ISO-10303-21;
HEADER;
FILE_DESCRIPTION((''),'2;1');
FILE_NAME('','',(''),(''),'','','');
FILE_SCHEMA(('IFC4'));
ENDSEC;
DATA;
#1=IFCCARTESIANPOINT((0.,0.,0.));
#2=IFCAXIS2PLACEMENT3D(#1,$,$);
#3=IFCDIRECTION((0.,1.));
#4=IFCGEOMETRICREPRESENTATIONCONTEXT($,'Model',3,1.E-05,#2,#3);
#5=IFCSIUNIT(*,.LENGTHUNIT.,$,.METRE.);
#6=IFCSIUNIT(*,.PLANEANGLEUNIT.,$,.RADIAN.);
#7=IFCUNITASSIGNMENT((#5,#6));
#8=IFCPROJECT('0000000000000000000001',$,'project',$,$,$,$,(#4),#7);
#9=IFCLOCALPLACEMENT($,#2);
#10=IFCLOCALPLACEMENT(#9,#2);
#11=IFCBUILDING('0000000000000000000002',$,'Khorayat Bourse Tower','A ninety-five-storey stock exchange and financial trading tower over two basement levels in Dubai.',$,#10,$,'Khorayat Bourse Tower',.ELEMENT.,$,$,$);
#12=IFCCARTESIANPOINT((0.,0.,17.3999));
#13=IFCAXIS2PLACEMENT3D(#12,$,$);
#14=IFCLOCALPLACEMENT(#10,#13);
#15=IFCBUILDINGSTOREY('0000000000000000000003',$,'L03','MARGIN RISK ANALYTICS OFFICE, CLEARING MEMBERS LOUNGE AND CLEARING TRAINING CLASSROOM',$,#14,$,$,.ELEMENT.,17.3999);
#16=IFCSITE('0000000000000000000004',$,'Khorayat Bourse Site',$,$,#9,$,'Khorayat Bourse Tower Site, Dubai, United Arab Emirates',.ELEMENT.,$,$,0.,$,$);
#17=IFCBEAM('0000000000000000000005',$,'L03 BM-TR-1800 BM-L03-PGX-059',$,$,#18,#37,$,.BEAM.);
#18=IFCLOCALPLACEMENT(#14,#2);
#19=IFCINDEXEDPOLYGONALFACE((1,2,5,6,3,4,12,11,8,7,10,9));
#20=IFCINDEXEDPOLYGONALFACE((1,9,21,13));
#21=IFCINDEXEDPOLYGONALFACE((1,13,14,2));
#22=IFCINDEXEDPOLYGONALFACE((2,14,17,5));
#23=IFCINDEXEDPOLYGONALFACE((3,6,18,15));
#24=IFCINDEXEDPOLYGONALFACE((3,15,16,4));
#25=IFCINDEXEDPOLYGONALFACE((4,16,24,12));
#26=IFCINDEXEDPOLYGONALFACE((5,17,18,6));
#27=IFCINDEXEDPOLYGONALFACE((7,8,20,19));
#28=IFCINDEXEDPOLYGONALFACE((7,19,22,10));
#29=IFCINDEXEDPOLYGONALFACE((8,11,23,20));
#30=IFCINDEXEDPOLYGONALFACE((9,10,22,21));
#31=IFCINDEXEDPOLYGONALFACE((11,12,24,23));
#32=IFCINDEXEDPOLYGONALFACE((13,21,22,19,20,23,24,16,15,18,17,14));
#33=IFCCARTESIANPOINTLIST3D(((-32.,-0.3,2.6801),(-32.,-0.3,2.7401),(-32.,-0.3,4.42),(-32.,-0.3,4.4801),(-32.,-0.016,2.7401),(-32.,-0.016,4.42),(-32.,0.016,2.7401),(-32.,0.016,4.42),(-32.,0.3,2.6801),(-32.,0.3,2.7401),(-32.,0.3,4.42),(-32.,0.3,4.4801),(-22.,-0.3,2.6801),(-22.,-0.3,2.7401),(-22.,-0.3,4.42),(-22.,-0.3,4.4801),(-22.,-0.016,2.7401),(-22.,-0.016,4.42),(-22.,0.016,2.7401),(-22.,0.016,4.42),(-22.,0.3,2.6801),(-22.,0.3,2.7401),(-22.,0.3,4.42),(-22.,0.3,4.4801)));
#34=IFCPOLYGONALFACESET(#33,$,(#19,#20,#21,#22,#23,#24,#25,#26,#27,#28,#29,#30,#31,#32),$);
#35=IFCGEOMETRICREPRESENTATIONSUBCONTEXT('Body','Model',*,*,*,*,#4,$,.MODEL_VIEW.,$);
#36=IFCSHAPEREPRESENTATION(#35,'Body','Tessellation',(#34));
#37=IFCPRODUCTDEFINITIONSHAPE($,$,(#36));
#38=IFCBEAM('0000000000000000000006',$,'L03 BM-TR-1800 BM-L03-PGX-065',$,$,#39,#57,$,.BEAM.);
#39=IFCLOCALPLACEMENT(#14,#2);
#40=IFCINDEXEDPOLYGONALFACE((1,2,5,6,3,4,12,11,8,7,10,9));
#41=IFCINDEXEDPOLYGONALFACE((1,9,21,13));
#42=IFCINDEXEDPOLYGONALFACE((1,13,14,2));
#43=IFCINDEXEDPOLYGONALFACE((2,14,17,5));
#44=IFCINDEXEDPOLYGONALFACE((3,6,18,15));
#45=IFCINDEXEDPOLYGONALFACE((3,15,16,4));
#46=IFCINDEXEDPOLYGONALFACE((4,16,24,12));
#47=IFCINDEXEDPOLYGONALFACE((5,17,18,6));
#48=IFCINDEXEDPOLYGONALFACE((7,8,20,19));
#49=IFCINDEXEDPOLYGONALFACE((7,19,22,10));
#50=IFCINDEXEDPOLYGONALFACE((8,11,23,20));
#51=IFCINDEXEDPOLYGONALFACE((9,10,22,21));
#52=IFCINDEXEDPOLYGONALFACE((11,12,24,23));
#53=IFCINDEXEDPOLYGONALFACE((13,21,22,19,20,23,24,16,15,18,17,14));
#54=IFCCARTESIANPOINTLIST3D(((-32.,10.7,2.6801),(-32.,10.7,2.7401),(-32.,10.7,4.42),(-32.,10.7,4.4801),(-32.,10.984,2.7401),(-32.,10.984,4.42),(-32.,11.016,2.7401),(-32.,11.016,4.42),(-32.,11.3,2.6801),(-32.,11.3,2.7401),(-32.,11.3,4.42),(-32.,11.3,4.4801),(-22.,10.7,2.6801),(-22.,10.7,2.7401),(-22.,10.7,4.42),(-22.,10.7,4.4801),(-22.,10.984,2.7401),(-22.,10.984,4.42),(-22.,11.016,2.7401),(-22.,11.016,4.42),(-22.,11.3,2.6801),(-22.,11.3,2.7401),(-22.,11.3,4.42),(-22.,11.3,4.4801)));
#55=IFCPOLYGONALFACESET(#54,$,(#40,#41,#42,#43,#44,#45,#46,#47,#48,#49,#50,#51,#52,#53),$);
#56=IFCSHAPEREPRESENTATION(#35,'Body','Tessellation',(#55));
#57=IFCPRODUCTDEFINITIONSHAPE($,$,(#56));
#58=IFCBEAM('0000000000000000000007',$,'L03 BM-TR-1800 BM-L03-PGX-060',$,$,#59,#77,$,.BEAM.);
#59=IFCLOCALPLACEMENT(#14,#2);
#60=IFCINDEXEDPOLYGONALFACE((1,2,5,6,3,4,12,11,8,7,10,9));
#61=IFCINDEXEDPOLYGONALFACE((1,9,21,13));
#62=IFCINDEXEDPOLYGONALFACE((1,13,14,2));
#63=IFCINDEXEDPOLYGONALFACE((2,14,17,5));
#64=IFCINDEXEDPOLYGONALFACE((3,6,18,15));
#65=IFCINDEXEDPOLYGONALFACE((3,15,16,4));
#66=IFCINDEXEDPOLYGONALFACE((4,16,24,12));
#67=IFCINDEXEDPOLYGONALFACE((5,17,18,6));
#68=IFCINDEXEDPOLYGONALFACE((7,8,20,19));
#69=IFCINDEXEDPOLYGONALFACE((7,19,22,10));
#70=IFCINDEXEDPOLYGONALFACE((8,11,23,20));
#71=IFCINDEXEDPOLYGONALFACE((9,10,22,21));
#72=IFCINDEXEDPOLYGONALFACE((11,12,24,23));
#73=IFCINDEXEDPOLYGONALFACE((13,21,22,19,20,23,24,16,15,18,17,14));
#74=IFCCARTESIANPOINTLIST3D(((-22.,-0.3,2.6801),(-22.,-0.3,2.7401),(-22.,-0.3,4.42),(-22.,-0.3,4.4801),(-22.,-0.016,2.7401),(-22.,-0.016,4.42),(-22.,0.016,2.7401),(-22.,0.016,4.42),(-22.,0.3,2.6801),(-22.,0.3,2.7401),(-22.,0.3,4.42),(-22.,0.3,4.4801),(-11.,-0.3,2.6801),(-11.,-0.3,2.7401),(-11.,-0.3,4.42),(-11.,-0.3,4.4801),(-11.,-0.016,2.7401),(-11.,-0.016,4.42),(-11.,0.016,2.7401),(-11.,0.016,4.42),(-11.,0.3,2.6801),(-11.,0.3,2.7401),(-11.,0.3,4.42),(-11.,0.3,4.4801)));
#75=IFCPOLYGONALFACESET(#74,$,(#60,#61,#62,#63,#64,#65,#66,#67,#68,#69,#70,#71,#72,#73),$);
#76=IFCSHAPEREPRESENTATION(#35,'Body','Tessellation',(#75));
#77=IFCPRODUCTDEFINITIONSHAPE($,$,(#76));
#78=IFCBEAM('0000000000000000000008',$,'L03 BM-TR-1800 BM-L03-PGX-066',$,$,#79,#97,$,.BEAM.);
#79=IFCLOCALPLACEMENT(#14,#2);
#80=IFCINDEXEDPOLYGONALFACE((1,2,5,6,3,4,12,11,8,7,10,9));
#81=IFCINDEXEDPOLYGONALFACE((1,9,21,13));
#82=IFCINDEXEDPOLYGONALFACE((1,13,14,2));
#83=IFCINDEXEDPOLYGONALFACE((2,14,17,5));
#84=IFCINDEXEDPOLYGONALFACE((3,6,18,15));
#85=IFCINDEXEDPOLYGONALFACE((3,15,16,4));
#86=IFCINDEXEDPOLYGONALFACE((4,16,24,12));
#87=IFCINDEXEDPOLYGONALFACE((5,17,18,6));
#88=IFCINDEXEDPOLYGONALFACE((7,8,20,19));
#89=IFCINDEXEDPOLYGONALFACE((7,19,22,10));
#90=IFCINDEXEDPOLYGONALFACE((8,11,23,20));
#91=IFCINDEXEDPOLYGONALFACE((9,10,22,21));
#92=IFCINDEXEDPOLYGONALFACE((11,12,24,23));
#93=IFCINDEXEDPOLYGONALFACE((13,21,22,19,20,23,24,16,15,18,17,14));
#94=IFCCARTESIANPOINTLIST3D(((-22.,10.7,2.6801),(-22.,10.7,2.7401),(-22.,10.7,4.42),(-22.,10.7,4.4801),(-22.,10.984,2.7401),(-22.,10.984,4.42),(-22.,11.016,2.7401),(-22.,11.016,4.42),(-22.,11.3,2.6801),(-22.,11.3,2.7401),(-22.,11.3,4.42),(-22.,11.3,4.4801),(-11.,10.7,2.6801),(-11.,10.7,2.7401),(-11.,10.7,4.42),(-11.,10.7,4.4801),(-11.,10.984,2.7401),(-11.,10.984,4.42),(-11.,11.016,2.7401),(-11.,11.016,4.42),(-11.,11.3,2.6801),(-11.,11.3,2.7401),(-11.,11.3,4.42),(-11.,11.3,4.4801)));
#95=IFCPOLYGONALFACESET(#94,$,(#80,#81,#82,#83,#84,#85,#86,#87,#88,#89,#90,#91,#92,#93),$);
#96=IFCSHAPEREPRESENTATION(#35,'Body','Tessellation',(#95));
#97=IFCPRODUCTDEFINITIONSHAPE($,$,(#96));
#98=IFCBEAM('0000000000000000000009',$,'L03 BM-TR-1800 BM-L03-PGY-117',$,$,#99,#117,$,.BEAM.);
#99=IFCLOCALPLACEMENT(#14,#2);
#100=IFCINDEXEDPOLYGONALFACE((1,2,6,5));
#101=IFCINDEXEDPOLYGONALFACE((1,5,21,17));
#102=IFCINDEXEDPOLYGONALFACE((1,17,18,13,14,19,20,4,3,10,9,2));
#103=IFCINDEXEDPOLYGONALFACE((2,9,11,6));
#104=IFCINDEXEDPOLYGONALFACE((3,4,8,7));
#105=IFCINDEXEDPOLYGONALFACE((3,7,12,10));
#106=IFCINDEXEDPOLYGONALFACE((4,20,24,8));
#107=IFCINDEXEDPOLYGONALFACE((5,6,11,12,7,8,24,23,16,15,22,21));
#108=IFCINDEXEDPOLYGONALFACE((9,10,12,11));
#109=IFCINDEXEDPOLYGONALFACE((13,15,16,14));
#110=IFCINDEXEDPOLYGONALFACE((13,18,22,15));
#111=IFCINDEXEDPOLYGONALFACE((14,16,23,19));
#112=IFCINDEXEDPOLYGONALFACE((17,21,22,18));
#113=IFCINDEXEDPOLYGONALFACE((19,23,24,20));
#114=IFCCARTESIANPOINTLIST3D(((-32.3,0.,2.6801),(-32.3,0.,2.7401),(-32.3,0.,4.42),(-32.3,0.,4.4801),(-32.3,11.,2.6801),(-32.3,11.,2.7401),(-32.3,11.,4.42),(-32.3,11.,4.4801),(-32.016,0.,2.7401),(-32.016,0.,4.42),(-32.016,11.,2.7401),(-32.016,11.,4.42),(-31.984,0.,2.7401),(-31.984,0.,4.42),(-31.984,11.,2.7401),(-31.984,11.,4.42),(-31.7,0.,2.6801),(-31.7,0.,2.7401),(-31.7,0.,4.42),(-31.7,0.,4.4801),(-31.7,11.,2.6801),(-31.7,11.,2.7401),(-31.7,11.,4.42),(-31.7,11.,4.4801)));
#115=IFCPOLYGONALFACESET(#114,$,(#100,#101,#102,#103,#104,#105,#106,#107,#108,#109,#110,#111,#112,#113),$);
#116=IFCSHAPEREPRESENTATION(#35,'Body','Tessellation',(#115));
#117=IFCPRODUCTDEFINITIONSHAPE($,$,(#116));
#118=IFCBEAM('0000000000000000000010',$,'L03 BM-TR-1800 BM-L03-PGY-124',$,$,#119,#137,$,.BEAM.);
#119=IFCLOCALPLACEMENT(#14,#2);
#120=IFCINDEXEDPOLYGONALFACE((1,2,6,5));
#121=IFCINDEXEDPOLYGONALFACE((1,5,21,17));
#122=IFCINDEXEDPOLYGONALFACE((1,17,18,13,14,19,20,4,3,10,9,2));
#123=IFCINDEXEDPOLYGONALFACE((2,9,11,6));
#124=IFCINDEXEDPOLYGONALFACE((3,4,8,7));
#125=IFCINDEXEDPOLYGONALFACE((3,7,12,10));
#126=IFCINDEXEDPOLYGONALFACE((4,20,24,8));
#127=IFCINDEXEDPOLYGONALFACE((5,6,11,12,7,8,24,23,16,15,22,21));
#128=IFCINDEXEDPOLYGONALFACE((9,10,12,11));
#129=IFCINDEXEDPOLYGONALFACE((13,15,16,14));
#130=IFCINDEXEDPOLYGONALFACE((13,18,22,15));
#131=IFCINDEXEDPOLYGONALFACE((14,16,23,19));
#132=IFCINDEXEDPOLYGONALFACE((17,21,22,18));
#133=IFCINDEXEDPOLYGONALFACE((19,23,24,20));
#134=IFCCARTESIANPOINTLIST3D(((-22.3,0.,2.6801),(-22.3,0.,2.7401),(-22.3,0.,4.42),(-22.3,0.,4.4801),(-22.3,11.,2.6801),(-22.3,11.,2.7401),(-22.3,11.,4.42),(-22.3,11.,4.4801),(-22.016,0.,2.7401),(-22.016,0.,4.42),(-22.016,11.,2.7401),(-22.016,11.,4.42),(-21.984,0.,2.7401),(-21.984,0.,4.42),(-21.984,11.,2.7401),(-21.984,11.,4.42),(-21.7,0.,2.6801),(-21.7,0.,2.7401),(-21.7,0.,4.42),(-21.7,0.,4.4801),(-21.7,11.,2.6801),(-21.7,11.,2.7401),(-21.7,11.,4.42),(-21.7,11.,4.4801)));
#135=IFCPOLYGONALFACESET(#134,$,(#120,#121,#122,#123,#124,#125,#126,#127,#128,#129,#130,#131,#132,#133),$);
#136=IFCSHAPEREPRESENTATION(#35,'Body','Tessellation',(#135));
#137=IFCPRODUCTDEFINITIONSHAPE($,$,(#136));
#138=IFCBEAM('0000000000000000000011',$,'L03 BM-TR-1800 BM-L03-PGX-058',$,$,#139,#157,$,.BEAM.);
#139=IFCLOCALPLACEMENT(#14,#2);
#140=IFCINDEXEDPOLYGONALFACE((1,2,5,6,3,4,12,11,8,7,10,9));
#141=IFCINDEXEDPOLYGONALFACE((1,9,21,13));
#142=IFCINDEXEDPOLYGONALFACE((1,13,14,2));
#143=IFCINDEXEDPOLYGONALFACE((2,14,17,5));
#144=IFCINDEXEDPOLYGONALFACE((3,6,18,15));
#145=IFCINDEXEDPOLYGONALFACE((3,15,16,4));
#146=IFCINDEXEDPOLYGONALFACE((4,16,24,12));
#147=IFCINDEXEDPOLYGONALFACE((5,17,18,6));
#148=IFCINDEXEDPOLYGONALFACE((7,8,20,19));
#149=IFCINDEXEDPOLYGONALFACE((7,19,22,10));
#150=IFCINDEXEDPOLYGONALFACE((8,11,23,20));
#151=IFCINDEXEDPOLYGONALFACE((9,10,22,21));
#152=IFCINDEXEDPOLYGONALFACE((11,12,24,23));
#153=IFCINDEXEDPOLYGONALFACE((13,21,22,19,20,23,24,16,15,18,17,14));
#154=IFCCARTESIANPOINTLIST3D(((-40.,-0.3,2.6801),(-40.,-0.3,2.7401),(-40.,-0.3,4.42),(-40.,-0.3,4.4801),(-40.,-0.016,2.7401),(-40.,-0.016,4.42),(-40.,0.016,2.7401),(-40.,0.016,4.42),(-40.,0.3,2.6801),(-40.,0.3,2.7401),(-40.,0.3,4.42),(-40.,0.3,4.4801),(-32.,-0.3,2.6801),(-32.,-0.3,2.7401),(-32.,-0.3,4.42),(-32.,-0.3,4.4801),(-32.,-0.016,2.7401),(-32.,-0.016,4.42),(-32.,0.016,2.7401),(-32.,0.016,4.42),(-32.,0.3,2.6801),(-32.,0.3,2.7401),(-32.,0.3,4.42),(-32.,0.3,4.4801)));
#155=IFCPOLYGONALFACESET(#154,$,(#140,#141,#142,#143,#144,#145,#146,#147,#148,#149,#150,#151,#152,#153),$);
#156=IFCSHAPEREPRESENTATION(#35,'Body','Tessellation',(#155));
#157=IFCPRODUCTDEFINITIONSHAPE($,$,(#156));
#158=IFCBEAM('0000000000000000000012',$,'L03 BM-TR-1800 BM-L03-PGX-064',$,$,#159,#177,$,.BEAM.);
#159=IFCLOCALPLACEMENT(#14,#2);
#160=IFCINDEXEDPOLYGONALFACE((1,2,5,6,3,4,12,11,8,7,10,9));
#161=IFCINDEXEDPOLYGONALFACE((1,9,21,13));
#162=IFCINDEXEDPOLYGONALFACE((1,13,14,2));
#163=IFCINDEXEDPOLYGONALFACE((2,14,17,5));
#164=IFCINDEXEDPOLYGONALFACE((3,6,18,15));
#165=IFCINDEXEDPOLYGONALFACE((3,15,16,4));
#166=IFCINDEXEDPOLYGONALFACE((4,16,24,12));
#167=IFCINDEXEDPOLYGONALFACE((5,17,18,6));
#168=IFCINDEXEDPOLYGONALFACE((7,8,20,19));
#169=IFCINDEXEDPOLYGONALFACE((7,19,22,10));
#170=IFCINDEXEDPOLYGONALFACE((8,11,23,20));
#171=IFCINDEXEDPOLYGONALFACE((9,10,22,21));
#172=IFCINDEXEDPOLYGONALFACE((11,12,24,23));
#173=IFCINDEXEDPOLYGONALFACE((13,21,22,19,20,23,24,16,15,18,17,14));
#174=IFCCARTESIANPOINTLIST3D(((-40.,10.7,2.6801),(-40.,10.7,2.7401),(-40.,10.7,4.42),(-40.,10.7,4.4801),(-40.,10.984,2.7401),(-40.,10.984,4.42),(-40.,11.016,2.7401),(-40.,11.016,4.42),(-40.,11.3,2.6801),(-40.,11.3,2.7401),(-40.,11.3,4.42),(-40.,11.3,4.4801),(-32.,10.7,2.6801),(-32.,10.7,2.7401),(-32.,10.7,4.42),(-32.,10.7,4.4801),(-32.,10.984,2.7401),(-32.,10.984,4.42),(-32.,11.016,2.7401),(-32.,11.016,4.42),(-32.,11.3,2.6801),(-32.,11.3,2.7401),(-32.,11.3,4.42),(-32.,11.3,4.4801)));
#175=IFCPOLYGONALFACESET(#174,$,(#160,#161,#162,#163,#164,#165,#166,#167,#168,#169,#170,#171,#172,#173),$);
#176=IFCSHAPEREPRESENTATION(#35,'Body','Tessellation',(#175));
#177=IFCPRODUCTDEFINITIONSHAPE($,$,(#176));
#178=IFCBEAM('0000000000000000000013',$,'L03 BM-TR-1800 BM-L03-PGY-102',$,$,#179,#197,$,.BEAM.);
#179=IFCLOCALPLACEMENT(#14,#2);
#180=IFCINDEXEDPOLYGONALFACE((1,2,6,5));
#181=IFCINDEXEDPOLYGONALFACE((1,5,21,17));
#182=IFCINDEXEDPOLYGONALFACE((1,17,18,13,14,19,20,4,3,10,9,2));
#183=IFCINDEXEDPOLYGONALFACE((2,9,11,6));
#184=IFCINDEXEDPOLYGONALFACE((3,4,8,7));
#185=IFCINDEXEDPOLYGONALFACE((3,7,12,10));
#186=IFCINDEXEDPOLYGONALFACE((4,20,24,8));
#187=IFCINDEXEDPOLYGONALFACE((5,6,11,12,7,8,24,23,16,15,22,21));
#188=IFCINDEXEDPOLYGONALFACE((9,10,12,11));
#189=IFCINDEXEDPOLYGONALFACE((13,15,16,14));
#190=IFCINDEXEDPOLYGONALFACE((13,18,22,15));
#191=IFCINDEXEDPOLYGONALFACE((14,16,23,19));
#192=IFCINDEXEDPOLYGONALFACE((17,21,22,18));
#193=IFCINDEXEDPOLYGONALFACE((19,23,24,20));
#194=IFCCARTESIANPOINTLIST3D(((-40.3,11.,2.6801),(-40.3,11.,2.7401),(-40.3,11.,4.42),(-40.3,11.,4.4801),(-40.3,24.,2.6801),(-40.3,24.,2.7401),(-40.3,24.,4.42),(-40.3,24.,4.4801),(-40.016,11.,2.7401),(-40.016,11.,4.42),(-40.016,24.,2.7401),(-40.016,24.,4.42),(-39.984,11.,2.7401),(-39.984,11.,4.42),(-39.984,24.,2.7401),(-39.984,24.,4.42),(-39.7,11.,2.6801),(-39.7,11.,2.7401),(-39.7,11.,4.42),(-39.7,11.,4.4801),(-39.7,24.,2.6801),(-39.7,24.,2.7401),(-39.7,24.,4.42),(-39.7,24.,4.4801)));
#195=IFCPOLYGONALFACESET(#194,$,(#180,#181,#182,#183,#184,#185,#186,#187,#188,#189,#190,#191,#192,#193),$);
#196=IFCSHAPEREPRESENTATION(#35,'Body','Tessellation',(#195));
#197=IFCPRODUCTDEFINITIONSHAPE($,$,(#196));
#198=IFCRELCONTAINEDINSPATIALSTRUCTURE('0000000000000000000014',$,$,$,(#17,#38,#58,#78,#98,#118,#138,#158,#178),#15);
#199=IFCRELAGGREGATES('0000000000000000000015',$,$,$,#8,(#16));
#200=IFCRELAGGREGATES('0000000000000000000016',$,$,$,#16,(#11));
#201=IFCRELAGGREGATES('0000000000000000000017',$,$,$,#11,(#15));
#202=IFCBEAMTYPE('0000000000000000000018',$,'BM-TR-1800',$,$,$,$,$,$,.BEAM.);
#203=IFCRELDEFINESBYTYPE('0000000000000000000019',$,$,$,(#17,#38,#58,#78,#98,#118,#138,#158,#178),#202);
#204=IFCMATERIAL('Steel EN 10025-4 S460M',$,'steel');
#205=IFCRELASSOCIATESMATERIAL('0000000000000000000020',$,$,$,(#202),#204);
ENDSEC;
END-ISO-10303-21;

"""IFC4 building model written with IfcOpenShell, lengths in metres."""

from ifc_helpers import new_model, si_unit, direction, frame, origin, origin_2d, place, context, subcontext, project, spatial, i_section, extrude, source, transform, mapped, material, material_profile, profile_set, type_object, element, save


model = new_model("IFC4")

# Units and contexts
model_context = context("Model", 3, precision=1e-05, world=origin(), true_north=direction((0.0, 1.0)))
body_context = subcontext(model_context, "Body", "Model", "MODEL_VIEW")
ifc_project = project(units=[si_unit("LENGTHUNIT", "METRE"), si_unit("PLANEANGLEUNIT", "RADIAN")], contexts=[model_context])

# Site, building, storey
site_placement = place(None, origin())
site = spatial("IfcSite", under=ifc_project, at=site_placement, Name="Khorayat Bourse Site", LongName="Khorayat Bourse Tower Site, Dubai, United Arab Emirates", CompositionType="ELEMENT", RefElevation=0.0)
building_placement = place(site_placement, origin())
building = spatial("IfcBuilding", under=site, at=building_placement, Name="Khorayat Bourse Tower", Description="A ninety-five-storey stock exchange and financial trading tower over two basement levels in Dubai.", LongName="Khorayat Bourse Tower", CompositionType="ELEMENT")
storey_placement = place(building_placement, frame((0.0, 0.0, 17.3999)))
storey = spatial("IfcBuildingStorey", under=building, at=storey_placement, Name="L03", Description="MARGIN RISK ANALYTICS OFFICE, CLEARING MEMBERS LOUNGE AND CLEARING TRAINING CLASSROOM", CompositionType="ELEMENT", Elevation=17.3999)

# Beams
ifc_material_1 = material(Name="Steel EN 10025-4 S460M", Category="steel")
ifc_material_profile_1 = material_profile(ifc_material_1, i_section(OverallWidth=0.6001, OverallDepth=1.8, WebThickness=0.032, FlangeThickness=0.0601, at=origin_2d()), Name="PG 1800x600x32x60")
ifc_profile_set_1 = profile_set([ifc_material_profile_1], Name="Steel EN 10025-4 S460M")
beam_type_1 = type_object("IfcBeamType", Name="BM-TR-1800", PredefinedType="BEAM", material=ifc_profile_set_1)
shared_shape_1 = source(origin(), body_context, "Body", "SweptSolid", [
    extrude(i_section(OverallWidth=0.6001, OverallDepth=1.8, WebThickness=0.032, FlangeThickness=0.0601, at=origin_2d()), origin(), (0.0, 0.0, 1.0), 10.0),
])
for number, where, z_axis, x_axis, name in (
    (1, (-32.0, 0.0, 3.5801), (1.0, 0.0, 0.0), (0.0, 1.0, 0.0), "L03 BM-TR-1800 BM-L03-PGX-059"),
    (2, (-32.0, 11.0, 3.5801), (1.0, 0.0, 0.0), (0.0, 1.0, 0.0), "L03 BM-TR-1800 BM-L03-PGX-065"),
):
    element("IfcBeam", number, at=place(storey_placement, frame(where, z_axis=z_axis, x_axis=x_axis)), inside=storey, type_object=beam_type_1, Name=name, PredefinedType="BEAM", context=body_context, shape_type="MappedRepresentation", body=[
        mapped(shared_shape_1, transform((0.0, 0.0, 0.0), scale=1.0)),
    ])
shared_shape_2 = source(origin(), body_context, "Body", "SweptSolid", [
    extrude(i_section(OverallWidth=0.6001, OverallDepth=1.8, WebThickness=0.032, FlangeThickness=0.0601, at=origin_2d()), origin(), (0.0, 0.0, 1.0), 11.0),
])
for number, where, z_axis, x_axis, name in (
    (3, (-22.0, 0.0, 3.5801), (1.0, 0.0, 0.0), (0.0, 1.0, 0.0), "L03 BM-TR-1800 BM-L03-PGX-060"),
    (4, (-22.0, 11.0, 3.5801), (1.0, 0.0, 0.0), (0.0, 1.0, 0.0), "L03 BM-TR-1800 BM-L03-PGX-066"),
    (5, (-32.0, 0.0, 3.5801), (0.0, 1.0, 0.0), (-1.0, 0.0, 0.0), "L03 BM-TR-1800 BM-L03-PGY-117"),
    (6, (-22.0, 0.0, 3.5801), (0.0, 1.0, 0.0), (-1.0, 0.0, 0.0), "L03 BM-TR-1800 BM-L03-PGY-124"),
):
    element("IfcBeam", number, at=place(storey_placement, frame(where, z_axis=z_axis, x_axis=x_axis)), inside=storey, type_object=beam_type_1, Name=name, PredefinedType="BEAM", context=body_context, shape_type="MappedRepresentation", body=[
        mapped(shared_shape_2, transform((0.0, 0.0, 0.0), scale=1.0)),
    ])
shared_shape_3 = source(origin(), body_context, "Body", "SweptSolid", [
    extrude(i_section(OverallWidth=0.6001, OverallDepth=1.8, WebThickness=0.032, FlangeThickness=0.0601, at=origin_2d()), origin(), (0.0, 0.0, 1.0), 8.0),
])
for number, where, z_axis, x_axis, name in (
    (7, (-40.0, 0.0, 3.5801), (1.0, 0.0, 0.0), (0.0, 1.0, 0.0), "L03 BM-TR-1800 BM-L03-PGX-058"),
    (8, (-40.0, 11.0, 3.5801), (1.0, 0.0, 0.0), (0.0, 1.0, 0.0), "L03 BM-TR-1800 BM-L03-PGX-064"),
):
    element("IfcBeam", number, at=place(storey_placement, frame(where, z_axis=z_axis, x_axis=x_axis)), inside=storey, type_object=beam_type_1, Name=name, PredefinedType="BEAM", context=body_context, shape_type="MappedRepresentation", body=[
        mapped(shared_shape_3, transform((0.0, 0.0, 0.0), scale=1.0)),
    ])
shared_shape_4 = source(origin(), body_context, "Body", "SweptSolid", [
    extrude(i_section(OverallWidth=0.6001, OverallDepth=1.8, WebThickness=0.032, FlangeThickness=0.0601, at=origin_2d()), origin(), (0.0, 0.0, 1.0), 13.0),
])
for number, where, z_axis, x_axis, name in (
    (9, (-40.0, 11.0, 3.5801), (0.0, 1.0, 0.0), (-1.0, 0.0, 0.0), "L03 BM-TR-1800 BM-L03-PGY-102"),
):
    element("IfcBeam", number, at=place(storey_placement, frame(where, z_axis=z_axis, x_axis=x_axis)), inside=storey, type_object=beam_type_1, Name=name, PredefinedType="BEAM", context=body_context, shape_type="MappedRepresentation", body=[
        mapped(shared_shape_4, transform((0.0, 0.0, 0.0), scale=1.0)),
    ])

save(model, "model.ifc")
